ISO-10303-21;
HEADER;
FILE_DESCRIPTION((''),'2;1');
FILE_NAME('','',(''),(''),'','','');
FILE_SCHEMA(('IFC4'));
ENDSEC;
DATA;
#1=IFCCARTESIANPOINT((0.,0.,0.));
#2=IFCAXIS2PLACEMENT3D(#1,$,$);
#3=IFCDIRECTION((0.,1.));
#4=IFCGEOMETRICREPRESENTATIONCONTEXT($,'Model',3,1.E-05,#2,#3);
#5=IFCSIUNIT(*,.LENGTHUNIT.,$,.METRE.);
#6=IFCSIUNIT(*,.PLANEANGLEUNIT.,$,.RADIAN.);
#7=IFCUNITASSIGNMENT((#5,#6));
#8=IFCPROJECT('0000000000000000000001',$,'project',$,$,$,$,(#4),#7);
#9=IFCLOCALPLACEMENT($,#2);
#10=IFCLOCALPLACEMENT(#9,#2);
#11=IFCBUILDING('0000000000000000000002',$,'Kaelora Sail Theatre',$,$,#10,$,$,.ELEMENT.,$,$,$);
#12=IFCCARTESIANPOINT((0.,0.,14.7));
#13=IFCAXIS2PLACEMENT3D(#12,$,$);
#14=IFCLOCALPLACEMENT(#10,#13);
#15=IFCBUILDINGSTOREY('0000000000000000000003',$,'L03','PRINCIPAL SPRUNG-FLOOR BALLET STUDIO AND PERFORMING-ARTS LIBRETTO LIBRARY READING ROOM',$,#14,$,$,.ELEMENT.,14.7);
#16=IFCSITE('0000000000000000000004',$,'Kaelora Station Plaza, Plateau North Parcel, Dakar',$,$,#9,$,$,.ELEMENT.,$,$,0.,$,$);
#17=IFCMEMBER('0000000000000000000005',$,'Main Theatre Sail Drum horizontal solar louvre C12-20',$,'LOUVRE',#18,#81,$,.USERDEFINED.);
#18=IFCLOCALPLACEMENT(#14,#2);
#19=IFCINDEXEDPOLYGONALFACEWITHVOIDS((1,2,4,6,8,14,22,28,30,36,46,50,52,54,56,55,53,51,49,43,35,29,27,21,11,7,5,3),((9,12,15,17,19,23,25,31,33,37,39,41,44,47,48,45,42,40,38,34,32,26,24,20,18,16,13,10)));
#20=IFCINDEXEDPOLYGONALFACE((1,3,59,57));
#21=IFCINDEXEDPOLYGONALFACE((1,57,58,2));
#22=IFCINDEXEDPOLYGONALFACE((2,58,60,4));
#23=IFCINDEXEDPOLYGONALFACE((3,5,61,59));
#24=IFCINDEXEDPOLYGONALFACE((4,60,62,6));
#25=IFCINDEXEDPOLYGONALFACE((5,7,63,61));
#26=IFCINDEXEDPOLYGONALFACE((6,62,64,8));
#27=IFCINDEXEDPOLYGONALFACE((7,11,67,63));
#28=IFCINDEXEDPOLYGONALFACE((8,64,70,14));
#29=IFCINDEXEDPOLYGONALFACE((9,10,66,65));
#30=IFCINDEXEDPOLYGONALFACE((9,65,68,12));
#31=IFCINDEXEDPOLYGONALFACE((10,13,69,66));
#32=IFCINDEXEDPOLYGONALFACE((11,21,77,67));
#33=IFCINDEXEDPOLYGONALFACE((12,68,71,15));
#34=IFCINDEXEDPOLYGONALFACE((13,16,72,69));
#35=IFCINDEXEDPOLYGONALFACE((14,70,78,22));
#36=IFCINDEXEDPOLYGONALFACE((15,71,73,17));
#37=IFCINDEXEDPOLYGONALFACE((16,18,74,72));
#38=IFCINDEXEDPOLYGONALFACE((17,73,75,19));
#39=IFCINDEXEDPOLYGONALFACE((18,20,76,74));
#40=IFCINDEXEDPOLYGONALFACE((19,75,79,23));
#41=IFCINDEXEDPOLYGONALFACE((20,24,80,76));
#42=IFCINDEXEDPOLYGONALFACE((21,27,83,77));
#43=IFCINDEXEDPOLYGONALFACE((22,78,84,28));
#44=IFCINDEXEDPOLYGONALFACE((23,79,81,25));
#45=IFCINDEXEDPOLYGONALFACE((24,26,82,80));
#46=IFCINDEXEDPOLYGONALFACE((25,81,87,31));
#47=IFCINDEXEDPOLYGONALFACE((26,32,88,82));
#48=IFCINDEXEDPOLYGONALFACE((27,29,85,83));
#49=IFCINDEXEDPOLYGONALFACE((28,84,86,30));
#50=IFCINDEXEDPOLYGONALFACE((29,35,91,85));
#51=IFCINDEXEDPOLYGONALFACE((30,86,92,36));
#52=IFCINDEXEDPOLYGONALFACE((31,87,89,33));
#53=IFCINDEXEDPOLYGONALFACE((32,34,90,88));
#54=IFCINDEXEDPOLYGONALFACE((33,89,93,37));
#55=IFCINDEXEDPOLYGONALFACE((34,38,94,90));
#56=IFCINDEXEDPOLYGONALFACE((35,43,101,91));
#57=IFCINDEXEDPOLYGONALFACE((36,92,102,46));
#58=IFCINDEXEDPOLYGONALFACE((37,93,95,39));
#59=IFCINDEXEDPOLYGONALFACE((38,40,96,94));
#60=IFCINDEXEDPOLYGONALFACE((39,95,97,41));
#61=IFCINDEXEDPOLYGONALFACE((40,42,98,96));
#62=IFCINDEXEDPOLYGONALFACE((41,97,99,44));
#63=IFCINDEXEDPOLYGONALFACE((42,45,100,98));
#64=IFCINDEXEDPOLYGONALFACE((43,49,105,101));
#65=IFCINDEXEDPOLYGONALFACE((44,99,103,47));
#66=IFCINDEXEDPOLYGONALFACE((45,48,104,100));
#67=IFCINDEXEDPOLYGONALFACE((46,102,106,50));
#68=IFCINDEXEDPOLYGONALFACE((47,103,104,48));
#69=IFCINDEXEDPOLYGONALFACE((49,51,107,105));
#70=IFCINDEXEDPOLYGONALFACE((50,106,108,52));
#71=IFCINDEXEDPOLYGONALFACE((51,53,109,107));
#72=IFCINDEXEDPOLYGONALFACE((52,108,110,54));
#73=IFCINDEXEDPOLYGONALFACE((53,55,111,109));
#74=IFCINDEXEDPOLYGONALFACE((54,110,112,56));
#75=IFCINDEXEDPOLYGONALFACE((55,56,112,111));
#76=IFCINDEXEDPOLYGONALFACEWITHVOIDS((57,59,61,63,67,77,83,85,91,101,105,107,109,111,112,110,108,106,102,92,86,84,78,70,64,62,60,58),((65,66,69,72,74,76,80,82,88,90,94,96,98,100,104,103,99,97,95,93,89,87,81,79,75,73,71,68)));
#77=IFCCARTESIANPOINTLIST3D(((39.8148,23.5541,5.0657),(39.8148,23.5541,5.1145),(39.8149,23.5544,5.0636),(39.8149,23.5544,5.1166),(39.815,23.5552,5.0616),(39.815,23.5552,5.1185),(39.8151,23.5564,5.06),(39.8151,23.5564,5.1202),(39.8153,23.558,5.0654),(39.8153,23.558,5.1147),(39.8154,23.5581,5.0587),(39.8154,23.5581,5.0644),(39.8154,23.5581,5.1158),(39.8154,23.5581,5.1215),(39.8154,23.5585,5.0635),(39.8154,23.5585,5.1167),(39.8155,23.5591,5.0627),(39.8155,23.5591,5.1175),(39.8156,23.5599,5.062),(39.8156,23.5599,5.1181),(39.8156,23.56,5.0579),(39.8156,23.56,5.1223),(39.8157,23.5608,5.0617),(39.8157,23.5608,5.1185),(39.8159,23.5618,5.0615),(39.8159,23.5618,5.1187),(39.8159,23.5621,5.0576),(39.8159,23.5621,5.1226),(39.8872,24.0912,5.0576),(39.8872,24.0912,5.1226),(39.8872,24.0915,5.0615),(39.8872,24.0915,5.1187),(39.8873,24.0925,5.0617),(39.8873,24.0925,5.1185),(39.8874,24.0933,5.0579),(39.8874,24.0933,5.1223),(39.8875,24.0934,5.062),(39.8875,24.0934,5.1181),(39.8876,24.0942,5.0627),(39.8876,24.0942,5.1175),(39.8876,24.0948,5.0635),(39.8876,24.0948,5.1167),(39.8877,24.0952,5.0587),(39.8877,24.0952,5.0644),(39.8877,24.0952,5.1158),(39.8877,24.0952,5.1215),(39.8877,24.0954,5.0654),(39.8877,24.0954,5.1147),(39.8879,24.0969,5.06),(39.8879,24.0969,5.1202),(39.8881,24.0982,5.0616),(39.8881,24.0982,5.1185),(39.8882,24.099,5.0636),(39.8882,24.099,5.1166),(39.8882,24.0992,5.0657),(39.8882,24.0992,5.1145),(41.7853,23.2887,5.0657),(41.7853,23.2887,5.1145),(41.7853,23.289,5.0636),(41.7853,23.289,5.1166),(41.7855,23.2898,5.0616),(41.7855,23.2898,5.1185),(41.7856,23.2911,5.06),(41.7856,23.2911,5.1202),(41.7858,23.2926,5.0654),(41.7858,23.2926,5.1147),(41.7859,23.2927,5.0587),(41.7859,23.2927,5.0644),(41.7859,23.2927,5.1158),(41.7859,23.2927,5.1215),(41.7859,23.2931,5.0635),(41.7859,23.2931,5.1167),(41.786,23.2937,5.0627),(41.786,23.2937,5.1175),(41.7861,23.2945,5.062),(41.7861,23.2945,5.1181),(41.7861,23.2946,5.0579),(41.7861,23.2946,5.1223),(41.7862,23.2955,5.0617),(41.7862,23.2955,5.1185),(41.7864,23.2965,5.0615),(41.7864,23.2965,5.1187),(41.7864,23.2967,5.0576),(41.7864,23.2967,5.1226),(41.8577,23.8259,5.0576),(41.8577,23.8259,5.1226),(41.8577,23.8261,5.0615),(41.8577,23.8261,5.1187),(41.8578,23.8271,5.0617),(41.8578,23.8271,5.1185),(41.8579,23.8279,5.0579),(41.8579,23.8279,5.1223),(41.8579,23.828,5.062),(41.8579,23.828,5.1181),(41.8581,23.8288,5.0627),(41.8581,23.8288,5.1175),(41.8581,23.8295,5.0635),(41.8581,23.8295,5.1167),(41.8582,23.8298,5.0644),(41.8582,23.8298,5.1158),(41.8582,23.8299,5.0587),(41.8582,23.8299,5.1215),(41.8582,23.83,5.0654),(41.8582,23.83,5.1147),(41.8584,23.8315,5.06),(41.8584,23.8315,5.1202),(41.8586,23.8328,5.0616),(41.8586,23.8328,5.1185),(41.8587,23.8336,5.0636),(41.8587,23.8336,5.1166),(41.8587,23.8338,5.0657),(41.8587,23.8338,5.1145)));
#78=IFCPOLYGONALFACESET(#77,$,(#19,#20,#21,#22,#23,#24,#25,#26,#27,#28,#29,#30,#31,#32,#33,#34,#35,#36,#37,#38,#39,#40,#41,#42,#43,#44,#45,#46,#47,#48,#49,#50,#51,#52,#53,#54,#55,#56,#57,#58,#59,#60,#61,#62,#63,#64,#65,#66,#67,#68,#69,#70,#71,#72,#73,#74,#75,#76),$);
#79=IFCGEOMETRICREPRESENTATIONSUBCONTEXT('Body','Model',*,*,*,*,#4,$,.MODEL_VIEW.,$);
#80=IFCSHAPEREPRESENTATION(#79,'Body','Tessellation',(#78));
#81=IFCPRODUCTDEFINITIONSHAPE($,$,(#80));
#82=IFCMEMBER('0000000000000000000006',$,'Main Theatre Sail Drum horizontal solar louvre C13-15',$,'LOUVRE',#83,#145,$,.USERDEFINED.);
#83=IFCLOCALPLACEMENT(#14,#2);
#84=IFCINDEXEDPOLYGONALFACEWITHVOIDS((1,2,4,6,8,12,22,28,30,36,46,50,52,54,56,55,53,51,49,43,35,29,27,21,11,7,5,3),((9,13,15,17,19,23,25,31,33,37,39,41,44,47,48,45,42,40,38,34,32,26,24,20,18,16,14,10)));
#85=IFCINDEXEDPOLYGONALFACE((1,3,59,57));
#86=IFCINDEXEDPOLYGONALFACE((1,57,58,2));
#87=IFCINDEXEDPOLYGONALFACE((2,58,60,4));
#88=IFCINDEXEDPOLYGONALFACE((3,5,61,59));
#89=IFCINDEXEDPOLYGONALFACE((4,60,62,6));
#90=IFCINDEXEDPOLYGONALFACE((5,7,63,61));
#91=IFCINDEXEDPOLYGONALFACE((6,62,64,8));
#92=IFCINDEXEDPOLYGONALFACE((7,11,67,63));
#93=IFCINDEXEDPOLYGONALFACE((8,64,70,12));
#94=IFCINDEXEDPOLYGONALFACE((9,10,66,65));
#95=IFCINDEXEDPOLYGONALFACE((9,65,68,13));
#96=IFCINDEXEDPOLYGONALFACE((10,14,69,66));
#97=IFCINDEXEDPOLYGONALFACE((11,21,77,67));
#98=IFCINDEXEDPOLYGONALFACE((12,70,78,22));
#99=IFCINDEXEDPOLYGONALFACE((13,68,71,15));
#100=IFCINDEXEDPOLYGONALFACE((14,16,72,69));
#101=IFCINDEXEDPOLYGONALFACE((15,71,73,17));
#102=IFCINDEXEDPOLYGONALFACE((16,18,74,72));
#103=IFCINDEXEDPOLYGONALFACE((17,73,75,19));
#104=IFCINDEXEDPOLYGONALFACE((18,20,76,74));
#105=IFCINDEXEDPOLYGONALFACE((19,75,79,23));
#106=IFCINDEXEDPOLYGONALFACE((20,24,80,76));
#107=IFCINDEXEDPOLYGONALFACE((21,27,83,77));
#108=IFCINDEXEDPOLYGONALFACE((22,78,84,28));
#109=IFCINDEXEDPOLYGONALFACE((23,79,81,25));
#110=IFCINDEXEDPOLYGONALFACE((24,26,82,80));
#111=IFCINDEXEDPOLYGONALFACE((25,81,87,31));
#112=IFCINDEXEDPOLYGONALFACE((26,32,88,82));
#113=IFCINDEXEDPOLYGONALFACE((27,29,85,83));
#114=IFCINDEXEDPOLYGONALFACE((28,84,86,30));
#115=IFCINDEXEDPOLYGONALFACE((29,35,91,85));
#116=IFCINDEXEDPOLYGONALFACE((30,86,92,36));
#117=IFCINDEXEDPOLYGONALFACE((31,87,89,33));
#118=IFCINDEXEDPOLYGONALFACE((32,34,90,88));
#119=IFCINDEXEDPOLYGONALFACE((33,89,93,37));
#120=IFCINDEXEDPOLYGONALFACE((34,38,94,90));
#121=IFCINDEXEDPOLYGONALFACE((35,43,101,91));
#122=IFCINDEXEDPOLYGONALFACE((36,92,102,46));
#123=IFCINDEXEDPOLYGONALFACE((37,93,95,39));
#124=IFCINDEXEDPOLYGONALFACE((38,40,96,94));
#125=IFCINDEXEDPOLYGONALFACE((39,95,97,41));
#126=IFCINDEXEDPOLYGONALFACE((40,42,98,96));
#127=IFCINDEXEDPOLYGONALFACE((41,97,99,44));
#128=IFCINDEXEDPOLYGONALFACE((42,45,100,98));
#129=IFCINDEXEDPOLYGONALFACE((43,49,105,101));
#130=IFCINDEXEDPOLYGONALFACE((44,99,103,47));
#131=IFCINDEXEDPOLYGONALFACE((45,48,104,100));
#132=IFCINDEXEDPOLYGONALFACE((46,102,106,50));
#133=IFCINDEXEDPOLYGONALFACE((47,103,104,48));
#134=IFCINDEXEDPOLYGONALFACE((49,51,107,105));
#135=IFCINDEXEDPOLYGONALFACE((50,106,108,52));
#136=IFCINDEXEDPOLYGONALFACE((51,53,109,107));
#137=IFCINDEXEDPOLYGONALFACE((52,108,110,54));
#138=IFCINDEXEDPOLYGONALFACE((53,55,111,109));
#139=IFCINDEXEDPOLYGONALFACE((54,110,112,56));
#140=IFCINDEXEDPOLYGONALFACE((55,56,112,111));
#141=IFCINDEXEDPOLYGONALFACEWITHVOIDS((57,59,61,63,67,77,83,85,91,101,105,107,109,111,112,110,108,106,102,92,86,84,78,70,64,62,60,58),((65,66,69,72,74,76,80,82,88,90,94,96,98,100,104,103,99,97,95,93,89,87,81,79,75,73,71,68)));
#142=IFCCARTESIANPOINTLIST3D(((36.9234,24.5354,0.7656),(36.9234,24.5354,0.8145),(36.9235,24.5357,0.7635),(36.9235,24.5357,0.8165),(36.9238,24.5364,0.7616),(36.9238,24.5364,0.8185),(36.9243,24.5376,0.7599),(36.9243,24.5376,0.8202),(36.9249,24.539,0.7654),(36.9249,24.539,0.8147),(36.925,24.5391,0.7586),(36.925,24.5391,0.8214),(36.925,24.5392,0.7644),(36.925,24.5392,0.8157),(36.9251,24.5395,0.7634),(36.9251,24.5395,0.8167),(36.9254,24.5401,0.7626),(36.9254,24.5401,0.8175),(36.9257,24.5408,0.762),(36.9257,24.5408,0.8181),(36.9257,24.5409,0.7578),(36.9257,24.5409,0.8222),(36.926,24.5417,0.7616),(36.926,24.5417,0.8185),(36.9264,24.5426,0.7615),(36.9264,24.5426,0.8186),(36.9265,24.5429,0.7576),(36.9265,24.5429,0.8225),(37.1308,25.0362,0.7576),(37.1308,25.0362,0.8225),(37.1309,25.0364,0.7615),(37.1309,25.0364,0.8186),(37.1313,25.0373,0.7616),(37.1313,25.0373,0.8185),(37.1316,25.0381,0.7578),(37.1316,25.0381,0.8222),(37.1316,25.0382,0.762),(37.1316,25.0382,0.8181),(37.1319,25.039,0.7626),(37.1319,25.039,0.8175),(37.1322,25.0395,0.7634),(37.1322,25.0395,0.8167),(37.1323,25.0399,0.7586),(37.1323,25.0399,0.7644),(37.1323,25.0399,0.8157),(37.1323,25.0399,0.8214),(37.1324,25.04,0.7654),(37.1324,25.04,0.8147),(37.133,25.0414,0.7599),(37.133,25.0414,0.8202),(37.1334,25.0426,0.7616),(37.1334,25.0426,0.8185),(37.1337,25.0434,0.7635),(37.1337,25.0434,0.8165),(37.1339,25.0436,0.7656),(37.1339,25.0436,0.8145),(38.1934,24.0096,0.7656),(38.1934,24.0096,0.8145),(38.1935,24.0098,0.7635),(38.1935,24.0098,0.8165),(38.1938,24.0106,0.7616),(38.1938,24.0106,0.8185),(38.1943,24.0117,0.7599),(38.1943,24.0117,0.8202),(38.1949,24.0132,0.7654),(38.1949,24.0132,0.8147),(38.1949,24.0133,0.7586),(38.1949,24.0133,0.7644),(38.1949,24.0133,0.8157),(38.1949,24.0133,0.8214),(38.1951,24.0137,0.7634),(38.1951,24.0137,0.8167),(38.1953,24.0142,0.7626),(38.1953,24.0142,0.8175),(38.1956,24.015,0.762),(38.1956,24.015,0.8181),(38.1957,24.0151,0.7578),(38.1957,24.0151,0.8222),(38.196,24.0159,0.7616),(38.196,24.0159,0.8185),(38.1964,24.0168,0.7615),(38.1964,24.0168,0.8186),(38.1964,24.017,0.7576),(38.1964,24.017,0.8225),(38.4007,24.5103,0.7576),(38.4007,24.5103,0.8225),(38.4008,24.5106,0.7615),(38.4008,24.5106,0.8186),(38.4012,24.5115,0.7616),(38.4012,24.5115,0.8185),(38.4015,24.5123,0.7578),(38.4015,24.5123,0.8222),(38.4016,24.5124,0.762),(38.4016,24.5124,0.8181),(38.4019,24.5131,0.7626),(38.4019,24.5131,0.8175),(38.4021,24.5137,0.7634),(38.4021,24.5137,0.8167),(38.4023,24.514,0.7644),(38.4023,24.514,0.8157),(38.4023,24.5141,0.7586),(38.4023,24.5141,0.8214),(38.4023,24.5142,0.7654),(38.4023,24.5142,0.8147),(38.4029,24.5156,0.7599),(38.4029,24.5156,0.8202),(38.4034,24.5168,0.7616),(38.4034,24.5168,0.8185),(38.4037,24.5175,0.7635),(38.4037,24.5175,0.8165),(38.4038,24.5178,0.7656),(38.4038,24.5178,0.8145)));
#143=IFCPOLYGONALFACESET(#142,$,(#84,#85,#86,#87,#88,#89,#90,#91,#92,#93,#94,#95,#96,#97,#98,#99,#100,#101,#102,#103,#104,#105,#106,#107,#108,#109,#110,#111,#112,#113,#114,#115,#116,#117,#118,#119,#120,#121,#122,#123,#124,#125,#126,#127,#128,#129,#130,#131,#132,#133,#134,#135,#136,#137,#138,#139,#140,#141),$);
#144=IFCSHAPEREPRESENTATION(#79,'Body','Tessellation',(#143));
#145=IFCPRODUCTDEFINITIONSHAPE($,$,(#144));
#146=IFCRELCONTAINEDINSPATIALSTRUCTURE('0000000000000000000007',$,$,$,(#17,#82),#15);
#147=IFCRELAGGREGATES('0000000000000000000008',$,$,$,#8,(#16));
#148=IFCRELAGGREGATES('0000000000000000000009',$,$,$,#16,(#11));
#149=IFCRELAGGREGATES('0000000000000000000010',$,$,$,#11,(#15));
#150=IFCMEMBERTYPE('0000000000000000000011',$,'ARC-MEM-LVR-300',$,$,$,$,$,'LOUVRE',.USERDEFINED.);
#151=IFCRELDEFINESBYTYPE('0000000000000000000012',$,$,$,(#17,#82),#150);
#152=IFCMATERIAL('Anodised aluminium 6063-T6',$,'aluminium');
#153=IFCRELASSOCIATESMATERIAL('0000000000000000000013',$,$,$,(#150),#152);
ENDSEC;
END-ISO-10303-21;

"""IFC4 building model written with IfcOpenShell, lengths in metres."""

from ifc_helpers import new_model, si_unit, direction, frame, origin, origin_2d, place, context, subcontext, project, spatial, hollow_rectangle, extrude, material, material_profile, profile_set, type_object, element, save


model = new_model("IFC4")

# Units and contexts
model_context = context("Model", 3, precision=1e-05, world=origin(), true_north=direction((0.0, 1.0)))
body_context = subcontext(model_context, "Body", "Model", "MODEL_VIEW")
ifc_project = project(units=[si_unit("LENGTHUNIT", "METRE"), si_unit("PLANEANGLEUNIT", "RADIAN")], contexts=[model_context])

# Site, building, storey
site_placement = place(None, origin())
site = spatial("IfcSite", under=ifc_project, at=site_placement, Name="Kaelora Station Plaza, Plateau North Parcel, Dakar", CompositionType="ELEMENT", RefElevation=0.0)
building_placement = place(site_placement, origin())
building = spatial("IfcBuilding", under=site, at=building_placement, Name="Kaelora Sail Theatre", CompositionType="ELEMENT")
storey_placement = place(building_placement, frame((0.0, 0.0, 14.7)))
storey = spatial("IfcBuildingStorey", under=building, at=storey_placement, Name="L03", Description="PRINCIPAL SPRUNG-FLOOR BALLET STUDIO AND PERFORMING-ARTS LIBRETTO LIBRARY READING ROOM", CompositionType="ELEMENT", Elevation=14.7)

# Members
ifc_material_1 = material(Name="Anodised aluminium 6063-T6", Category="aluminium")
ifc_material_profile_1 = material_profile(ifc_material_1, hollow_rectangle(XDim=0.55, YDim=0.0649, WallThickness=0.0039, InnerFilletRadius=0.0039, OuterFilletRadius=0.0081, at=origin_2d()), Name="LOUVRE 550x65x4")
ifc_profile_set_1 = profile_set([ifc_material_profile_1], Name="Anodised aluminium 6063-T6")
member_type = type_object("IfcMemberType", Name="ARC-MEM-LVR-300", ElementType="LOUVRE", PredefinedType="USERDEFINED", material=ifc_profile_set_1)
for number, where, z_axis, x_axis, name in (
    (1, (41.822, 23.5613, 5.0901), (-0.991052, 0.133475, 0.0), (-0.133475, -0.991052, 0.0), "Main Theatre Sail Drum horizontal solar louvre C12-20"),
):
    element("IfcMember", number, at=place(storey_placement, frame(where, z_axis=z_axis, x_axis=x_axis)), inside=storey, type_object=member_type, Name=name, ObjectType="LOUVRE", PredefinedType="USERDEFINED", context=body_context, shape_type="SweptSolid", body=[
        extrude(hollow_rectangle(XDim=0.55, YDim=0.0649, WallThickness=0.0039, InnerFilletRadius=0.0039, OuterFilletRadius=0.0081, at=origin_2d()), origin(), (0.0, 0.0, 1.0), 1.9883),
    ])
for number, where, z_axis, x_axis, name in (
    (2, (38.2986, 24.2637, 0.79), (-0.923926, 0.382571, 0.0), (-0.382571, -0.923926, 0.0), "Main Theatre Sail Drum horizontal solar louvre C13-15"),
):
    element("IfcMember", number, at=place(storey_placement, frame(where, z_axis=z_axis, x_axis=x_axis)), inside=storey, type_object=member_type, Name=name, ObjectType="LOUVRE", PredefinedType="USERDEFINED", context=body_context, shape_type="SweptSolid", body=[
        extrude(hollow_rectangle(XDim=0.55, YDim=0.0649, WallThickness=0.0039, InnerFilletRadius=0.0039, OuterFilletRadius=0.0081, at=origin_2d()), origin(), (0.0, 0.0, 1.0), 1.3745),
    ])

save(model, "model.ifc")
